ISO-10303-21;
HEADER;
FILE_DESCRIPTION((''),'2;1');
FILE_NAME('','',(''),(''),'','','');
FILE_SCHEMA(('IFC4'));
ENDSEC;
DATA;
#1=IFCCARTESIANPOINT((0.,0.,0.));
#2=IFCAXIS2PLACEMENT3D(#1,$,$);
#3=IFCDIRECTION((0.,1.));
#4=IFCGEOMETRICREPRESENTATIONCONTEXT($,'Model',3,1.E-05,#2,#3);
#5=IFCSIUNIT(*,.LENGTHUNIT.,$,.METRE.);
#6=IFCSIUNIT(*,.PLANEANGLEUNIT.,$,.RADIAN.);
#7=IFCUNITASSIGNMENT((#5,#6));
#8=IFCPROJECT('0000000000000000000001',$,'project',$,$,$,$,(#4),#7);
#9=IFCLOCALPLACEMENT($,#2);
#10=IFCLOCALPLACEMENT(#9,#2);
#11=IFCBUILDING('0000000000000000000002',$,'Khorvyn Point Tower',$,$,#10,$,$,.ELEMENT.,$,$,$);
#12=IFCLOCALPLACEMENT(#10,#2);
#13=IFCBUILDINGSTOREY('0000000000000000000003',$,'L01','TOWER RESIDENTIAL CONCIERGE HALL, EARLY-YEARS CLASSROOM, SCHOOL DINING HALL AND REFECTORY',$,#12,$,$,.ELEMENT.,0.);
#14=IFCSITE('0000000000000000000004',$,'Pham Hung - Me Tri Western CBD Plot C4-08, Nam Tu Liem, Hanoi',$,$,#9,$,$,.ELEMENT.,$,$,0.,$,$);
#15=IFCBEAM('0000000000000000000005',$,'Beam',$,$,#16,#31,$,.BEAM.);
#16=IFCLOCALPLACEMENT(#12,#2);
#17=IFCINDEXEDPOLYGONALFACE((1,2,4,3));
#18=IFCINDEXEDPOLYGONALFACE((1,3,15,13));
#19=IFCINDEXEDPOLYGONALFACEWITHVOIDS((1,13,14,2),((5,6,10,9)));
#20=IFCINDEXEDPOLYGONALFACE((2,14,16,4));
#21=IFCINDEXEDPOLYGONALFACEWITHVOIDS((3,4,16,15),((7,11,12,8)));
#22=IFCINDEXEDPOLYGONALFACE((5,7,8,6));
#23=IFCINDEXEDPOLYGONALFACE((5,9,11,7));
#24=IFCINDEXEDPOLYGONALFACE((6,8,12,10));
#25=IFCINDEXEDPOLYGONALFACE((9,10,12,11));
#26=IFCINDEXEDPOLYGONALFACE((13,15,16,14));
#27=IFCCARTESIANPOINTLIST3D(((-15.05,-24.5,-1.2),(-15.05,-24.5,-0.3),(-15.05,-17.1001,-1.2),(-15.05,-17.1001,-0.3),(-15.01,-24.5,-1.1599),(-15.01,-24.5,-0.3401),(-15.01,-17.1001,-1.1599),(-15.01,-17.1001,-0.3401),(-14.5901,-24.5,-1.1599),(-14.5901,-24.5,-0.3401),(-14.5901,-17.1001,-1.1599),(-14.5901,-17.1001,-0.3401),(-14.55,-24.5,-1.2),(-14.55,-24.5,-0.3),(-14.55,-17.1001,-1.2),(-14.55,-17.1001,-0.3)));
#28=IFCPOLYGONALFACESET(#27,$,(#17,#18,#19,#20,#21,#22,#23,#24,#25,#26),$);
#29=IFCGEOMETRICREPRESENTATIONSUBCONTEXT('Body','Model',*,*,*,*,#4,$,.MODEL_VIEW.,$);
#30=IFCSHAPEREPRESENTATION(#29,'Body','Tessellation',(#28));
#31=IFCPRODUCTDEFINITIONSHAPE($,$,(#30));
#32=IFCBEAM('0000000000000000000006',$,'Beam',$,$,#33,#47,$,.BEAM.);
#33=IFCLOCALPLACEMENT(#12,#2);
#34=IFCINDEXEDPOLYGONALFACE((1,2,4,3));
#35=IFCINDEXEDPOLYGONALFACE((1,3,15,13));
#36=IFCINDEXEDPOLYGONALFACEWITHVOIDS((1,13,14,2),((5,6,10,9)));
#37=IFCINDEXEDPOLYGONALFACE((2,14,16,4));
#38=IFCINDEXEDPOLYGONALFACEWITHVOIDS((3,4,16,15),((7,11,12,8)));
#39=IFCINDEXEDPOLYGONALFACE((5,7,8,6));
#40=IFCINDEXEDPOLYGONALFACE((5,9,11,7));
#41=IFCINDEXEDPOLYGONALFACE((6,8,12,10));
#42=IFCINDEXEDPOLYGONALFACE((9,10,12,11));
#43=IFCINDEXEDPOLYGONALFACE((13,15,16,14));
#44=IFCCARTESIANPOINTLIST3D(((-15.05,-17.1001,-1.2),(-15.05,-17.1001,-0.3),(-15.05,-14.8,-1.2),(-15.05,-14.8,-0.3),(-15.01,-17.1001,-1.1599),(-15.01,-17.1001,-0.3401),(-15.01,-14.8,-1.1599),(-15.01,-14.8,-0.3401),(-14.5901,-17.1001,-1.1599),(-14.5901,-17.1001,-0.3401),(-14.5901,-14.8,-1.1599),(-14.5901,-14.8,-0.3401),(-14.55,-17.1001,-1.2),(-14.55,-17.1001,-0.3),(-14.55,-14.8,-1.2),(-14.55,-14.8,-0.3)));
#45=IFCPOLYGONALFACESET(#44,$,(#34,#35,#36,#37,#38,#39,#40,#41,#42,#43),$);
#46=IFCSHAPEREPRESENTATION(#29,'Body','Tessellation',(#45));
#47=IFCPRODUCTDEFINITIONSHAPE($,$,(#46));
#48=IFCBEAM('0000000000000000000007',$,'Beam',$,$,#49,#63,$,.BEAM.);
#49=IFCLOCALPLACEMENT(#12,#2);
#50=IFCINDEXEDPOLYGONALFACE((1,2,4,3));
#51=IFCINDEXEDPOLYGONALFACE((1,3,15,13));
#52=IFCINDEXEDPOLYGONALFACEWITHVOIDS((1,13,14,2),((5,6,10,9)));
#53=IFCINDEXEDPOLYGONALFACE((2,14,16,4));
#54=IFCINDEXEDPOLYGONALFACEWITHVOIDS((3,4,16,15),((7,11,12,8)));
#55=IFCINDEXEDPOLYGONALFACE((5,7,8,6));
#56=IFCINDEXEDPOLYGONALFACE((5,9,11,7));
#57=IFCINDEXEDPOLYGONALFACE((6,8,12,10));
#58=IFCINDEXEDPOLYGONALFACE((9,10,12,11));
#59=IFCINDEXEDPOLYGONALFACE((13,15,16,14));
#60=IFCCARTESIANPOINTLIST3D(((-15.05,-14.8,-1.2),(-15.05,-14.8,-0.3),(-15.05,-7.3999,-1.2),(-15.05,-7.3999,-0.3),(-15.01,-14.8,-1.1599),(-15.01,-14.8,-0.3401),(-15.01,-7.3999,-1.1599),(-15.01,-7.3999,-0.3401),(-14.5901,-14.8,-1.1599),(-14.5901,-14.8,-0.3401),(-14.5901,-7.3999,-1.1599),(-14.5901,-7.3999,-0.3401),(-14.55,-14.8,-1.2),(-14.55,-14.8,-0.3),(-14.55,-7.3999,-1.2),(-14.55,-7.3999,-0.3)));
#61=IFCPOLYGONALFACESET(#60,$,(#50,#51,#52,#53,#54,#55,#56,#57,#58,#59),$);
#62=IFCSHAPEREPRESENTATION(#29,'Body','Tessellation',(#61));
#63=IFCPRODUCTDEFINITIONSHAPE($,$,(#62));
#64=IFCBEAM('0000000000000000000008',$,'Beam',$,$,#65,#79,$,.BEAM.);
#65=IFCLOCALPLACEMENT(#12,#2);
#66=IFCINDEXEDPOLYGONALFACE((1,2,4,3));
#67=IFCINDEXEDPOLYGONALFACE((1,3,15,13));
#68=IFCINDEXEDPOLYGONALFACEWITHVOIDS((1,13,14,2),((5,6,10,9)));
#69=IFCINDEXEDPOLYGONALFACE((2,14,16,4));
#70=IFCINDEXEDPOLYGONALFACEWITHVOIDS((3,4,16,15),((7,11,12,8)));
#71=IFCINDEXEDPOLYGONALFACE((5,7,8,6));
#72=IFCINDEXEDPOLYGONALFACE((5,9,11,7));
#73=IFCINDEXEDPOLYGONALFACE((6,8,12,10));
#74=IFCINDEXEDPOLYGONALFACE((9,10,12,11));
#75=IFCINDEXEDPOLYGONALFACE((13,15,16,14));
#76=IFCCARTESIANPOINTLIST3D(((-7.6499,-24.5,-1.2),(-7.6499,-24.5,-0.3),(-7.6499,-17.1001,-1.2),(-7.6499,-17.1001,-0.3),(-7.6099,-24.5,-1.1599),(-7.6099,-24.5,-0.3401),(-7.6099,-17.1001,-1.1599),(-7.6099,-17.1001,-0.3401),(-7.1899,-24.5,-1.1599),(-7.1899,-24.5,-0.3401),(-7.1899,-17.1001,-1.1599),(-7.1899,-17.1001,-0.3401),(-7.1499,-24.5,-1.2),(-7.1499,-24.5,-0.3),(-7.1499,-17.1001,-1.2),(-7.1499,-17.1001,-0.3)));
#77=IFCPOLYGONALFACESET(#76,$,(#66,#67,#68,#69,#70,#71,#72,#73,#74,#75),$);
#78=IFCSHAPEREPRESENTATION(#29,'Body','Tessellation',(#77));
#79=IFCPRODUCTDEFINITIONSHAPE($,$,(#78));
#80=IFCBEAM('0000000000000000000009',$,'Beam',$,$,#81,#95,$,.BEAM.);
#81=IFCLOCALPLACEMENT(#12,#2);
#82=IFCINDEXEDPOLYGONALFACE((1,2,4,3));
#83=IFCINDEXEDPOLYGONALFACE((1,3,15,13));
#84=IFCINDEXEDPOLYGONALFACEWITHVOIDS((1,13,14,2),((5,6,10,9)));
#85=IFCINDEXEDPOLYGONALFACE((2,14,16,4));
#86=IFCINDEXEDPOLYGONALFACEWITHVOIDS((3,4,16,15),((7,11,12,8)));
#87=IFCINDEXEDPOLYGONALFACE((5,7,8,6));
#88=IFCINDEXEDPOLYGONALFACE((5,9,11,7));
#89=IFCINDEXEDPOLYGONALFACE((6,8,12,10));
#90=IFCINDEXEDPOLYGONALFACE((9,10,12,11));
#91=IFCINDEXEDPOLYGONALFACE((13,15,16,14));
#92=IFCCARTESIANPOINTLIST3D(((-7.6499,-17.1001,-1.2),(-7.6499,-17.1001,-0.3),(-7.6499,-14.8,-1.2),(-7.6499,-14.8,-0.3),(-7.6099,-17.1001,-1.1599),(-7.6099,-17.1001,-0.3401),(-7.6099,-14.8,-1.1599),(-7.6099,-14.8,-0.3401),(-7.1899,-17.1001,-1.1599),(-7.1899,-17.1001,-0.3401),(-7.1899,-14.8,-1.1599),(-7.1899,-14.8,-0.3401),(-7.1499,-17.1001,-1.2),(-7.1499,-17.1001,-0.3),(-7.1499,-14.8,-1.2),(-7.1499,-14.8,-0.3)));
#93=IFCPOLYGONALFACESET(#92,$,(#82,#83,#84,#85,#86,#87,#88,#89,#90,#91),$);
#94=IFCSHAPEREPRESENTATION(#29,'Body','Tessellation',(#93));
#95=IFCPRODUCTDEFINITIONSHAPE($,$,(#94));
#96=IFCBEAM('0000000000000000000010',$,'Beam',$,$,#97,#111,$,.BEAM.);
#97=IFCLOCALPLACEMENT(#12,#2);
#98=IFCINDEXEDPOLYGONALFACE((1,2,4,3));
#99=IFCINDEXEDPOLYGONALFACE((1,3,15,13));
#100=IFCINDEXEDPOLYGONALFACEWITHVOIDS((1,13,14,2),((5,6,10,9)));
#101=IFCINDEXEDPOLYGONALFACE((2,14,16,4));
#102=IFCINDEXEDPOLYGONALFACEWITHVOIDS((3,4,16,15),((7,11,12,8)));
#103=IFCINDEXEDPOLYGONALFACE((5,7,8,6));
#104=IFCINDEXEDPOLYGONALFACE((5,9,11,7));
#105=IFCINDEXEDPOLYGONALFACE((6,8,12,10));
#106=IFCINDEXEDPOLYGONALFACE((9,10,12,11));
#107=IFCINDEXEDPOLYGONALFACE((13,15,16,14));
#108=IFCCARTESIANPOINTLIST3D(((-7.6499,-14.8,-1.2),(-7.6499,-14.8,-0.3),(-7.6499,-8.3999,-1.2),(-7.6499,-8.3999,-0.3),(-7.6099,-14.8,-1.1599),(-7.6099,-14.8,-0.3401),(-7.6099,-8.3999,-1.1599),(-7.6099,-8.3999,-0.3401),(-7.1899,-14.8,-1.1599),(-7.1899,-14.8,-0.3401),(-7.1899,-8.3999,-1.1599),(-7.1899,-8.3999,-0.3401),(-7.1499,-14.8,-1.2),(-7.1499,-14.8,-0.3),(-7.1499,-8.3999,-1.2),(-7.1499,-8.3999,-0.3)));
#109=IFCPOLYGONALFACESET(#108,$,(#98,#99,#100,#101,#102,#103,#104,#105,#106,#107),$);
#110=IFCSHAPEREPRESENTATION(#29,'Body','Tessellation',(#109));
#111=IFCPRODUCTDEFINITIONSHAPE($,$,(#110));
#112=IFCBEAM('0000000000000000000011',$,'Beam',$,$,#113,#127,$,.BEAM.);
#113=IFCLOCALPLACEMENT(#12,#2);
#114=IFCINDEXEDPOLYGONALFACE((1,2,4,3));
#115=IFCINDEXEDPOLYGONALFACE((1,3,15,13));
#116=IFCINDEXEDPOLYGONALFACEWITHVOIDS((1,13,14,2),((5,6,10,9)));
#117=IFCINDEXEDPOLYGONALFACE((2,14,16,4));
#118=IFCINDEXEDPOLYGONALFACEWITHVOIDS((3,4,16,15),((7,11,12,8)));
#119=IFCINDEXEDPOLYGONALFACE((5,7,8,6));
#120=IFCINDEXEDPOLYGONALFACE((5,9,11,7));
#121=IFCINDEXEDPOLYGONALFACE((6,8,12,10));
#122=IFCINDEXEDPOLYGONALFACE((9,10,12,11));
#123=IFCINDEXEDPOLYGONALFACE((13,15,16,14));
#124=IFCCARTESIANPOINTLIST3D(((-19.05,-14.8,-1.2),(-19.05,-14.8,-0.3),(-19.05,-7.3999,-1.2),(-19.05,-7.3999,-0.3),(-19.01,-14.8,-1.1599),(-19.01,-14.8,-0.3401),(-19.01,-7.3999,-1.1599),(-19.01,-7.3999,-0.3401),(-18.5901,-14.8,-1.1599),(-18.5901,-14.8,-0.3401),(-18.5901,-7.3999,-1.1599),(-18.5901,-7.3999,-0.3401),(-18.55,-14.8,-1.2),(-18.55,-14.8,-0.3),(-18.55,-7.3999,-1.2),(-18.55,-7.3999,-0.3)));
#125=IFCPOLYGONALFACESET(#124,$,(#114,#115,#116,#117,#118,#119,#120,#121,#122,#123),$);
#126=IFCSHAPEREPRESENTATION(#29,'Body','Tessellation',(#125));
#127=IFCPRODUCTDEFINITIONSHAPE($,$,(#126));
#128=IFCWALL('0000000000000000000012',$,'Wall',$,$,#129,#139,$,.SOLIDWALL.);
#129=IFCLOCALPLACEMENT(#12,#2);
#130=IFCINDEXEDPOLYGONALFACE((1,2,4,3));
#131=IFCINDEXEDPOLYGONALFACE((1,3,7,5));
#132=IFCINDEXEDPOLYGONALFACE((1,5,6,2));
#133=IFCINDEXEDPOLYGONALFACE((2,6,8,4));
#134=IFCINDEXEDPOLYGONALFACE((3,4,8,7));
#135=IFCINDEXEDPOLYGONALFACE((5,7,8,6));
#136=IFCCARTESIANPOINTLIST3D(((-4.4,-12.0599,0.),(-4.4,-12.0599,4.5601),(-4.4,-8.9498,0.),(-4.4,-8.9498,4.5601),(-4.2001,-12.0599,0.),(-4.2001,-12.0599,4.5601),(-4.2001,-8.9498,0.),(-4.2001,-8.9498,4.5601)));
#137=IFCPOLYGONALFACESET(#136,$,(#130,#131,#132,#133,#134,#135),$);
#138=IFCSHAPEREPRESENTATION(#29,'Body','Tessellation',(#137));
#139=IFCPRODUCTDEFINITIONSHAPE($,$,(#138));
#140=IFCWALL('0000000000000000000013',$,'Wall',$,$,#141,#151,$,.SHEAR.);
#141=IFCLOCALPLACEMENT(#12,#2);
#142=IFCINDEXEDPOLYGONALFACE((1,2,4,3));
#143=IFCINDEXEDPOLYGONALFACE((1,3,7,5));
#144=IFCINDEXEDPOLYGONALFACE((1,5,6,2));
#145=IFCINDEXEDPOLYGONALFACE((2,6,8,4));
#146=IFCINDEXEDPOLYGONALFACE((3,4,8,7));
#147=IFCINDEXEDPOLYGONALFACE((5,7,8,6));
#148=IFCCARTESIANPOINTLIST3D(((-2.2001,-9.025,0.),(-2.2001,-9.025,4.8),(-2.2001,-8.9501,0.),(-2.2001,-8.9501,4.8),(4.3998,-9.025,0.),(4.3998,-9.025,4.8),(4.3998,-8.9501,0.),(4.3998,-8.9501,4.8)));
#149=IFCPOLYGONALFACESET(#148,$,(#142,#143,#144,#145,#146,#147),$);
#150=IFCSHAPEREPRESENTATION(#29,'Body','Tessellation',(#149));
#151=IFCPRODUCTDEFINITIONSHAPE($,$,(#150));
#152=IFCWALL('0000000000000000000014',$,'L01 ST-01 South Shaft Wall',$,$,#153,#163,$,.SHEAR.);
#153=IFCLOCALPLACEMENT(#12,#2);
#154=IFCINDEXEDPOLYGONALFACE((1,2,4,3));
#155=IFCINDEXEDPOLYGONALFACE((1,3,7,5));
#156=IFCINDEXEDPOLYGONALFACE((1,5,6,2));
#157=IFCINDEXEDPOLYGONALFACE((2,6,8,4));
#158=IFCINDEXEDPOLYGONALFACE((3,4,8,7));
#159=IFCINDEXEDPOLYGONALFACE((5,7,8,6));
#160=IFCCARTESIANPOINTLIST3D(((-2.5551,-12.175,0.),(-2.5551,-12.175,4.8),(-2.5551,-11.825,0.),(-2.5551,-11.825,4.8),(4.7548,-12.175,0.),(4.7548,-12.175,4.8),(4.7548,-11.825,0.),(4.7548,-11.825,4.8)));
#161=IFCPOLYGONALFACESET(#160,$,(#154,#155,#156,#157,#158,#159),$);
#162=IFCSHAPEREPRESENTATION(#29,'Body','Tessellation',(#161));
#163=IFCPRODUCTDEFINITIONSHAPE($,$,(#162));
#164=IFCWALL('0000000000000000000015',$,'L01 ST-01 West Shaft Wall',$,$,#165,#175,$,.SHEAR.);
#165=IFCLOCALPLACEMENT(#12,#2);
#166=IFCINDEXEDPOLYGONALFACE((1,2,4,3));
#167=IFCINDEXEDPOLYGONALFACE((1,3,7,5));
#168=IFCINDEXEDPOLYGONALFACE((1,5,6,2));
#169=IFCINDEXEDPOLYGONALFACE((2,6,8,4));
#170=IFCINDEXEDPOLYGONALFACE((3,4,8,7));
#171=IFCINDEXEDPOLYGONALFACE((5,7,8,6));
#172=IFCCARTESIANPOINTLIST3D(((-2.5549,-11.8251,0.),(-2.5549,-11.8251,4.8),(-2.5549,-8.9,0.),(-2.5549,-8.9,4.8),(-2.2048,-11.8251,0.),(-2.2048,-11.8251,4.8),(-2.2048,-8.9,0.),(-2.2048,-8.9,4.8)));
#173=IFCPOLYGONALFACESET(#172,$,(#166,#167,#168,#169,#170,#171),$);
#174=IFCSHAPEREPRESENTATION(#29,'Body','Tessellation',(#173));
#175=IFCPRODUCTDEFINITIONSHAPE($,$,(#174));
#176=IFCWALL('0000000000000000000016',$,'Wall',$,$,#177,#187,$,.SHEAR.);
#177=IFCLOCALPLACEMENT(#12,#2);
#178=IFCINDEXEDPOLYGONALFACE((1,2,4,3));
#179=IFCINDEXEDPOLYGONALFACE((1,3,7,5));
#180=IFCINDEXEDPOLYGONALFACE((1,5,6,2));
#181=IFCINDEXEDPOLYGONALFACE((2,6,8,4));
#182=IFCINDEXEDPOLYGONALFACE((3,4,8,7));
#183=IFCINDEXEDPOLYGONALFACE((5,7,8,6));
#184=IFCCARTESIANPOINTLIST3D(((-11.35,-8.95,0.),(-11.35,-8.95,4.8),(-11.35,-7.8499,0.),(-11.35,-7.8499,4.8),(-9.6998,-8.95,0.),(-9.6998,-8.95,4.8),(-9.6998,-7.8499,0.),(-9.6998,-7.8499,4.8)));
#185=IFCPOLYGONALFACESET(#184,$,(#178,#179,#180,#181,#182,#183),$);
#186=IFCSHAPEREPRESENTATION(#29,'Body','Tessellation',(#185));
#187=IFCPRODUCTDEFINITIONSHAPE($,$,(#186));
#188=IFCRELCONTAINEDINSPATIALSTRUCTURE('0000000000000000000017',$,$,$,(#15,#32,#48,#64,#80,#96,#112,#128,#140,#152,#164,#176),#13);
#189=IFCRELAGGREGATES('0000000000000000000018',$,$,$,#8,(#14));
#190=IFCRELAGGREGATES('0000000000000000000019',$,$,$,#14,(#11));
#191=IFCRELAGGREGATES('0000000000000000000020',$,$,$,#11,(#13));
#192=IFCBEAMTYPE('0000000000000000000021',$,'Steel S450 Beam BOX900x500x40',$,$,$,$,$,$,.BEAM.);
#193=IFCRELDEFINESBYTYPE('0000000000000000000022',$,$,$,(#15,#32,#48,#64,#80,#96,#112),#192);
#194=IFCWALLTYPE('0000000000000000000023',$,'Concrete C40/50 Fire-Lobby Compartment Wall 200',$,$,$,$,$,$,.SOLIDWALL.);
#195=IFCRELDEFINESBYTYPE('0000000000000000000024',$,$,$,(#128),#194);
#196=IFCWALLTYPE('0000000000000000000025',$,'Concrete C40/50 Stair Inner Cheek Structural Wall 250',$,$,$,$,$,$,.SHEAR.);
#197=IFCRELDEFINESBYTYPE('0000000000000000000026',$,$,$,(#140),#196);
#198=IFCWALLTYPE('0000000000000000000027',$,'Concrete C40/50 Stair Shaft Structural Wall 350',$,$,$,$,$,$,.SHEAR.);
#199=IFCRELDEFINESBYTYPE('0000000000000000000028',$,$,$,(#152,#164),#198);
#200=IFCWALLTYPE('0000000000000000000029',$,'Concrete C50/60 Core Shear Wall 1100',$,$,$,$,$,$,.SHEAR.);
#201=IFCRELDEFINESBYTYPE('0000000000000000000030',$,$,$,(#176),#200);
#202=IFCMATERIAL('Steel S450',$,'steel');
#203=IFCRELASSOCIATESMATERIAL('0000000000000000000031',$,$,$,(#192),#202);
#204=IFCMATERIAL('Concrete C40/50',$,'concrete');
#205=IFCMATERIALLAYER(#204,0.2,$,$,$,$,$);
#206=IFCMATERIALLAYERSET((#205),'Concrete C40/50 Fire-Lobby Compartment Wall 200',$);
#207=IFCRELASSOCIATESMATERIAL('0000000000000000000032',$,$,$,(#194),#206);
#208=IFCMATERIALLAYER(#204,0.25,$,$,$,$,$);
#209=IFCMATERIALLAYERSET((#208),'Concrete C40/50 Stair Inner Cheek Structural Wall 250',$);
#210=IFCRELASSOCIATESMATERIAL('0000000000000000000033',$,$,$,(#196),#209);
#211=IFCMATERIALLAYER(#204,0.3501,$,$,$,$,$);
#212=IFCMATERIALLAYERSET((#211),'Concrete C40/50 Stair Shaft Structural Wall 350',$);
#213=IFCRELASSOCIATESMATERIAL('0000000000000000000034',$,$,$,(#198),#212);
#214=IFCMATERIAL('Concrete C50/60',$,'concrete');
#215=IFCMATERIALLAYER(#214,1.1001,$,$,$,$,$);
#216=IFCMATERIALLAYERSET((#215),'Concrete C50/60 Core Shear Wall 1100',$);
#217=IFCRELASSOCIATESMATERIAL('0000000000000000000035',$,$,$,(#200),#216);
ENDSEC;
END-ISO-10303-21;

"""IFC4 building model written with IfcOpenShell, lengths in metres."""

from ifc_helpers import new_model, si_unit, direction, frame, frame_2d, origin, origin_2d, place, context, subcontext, project, spatial, rectangle, hollow_rectangle, extrude, material, layer, layer_set, material_profile, profile_set, type_object, element, save


model = new_model("IFC4")

# Units and contexts
model_context = context("Model", 3, precision=1e-05, world=origin(), true_north=direction((0.0, 1.0)))
body_context = subcontext(model_context, "Body", "Model", "MODEL_VIEW")
ifc_project = project(units=[si_unit("LENGTHUNIT", "METRE"), si_unit("PLANEANGLEUNIT", "RADIAN")], contexts=[model_context])

# Site, building, storey
site_placement = place(None, origin())
site = spatial("IfcSite", under=ifc_project, at=site_placement, Name="Pham Hung - Me Tri Western CBD Plot C4-08, Nam Tu Liem, Hanoi", CompositionType="ELEMENT", RefElevation=0.0)
building_placement = place(site_placement, origin())
building = spatial("IfcBuilding", under=site, at=building_placement, Name="Khorvyn Point Tower", CompositionType="ELEMENT")
storey_placement = place(building_placement, origin())
storey = spatial("IfcBuildingStorey", under=building, at=storey_placement, Name="L01", Description="TOWER RESIDENTIAL CONCIERGE HALL, EARLY-YEARS CLASSROOM, SCHOOL DINING HALL AND REFECTORY", CompositionType="ELEMENT", Elevation=0.0)

# Shared definitions
ifc_material_1 = material(Name="Concrete C40/50", Category="concrete")
ifc_material_2 = material(Name="Concrete C50/60", Category="concrete")

# Beams
ifc_material_3 = material(Name="Steel S450", Category="steel")
ifc_material_profile_1 = material_profile(ifc_material_3, hollow_rectangle(XDim=0.5, YDim=0.8999, WallThickness=0.04, at=origin_2d()))
ifc_profile_set_1 = profile_set([ifc_material_profile_1], Name="Steel S450 BOX900x500x40")
beam_type_1 = type_object("IfcBeamType", Name="Steel S450 Beam BOX900x500x40", PredefinedType="BEAM", material=ifc_profile_set_1)
beam_1_placement = place(storey_placement, frame((-14.8, -24.5, -0.75), z_axis=(0.0, 1.0, 0.0), x_axis=(-1.0, 0.0, 0.0)))
element("IfcBeam", 1, at=beam_1_placement, inside=storey, type_object=beam_type_1, Name="Beam", PredefinedType="BEAM", context=body_context, shape_type="SweptSolid", body=[
    extrude(hollow_rectangle(XDim=0.5, YDim=0.8999, WallThickness=0.04, at=origin_2d()), origin(), (0.0, 0.0, 1.0), 7.3999),
])
beam_2_placement = place(storey_placement, frame((-14.8, -17.1001, -0.75), z_axis=(0.0, 1.0, 0.0), x_axis=(-1.0, 0.0, 0.0)))
element("IfcBeam", 2, at=beam_2_placement, inside=storey, type_object=beam_type_1, Name="Beam", PredefinedType="BEAM", context=body_context, shape_type="SweptSolid", body=[
    extrude(hollow_rectangle(XDim=0.5, YDim=0.8999, WallThickness=0.04, at=origin_2d()), origin(), (0.0, 0.0, 1.0), 2.3),
])
beam_3_placement = place(storey_placement, frame((-14.8, -14.8, -0.75), z_axis=(0.0, 1.0, 0.0), x_axis=(-1.0, 0.0, 0.0)))
element("IfcBeam", 3, at=beam_3_placement, inside=storey, type_object=beam_type_1, Name="Beam", PredefinedType="BEAM", context=body_context, shape_type="SweptSolid", body=[
    extrude(hollow_rectangle(XDim=0.5, YDim=0.8999, WallThickness=0.04, at=origin_2d()), origin(), (0.0, 0.0, 1.0), 7.4001),
])
beam_4_placement = place(storey_placement, frame((-7.3999, -24.5, -0.75), z_axis=(0.0, 1.0, 0.0), x_axis=(-1.0, 0.0, 0.0)))
element("IfcBeam", 4, at=beam_4_placement, inside=storey, type_object=beam_type_1, Name="Beam", PredefinedType="BEAM", context=body_context, shape_type="SweptSolid", body=[
    extrude(hollow_rectangle(XDim=0.5, YDim=0.8999, WallThickness=0.04, at=origin_2d()), origin(), (0.0, 0.0, 1.0), 7.3999),
])
beam_5_placement = place(storey_placement, frame((-7.3999, -17.1001, -0.75), z_axis=(0.0, 1.0, 0.0), x_axis=(-1.0, 0.0, 0.0)))
element("IfcBeam", 5, at=beam_5_placement, inside=storey, type_object=beam_type_1, Name="Beam", PredefinedType="BEAM", context=body_context, shape_type="SweptSolid", body=[
    extrude(hollow_rectangle(XDim=0.5, YDim=0.8999, WallThickness=0.04, at=origin_2d()), origin(), (0.0, 0.0, 1.0), 2.3),
])
beam_6_placement = place(storey_placement, frame((-7.3999, -14.8, -0.75), z_axis=(0.0, 1.0, 0.0), x_axis=(-1.0, 0.0, 0.0)))
element("IfcBeam", 6, at=beam_6_placement, inside=storey, type_object=beam_type_1, Name="Beam", PredefinedType="BEAM", context=body_context, shape_type="SweptSolid", body=[
    extrude(hollow_rectangle(XDim=0.5, YDim=0.8999, WallThickness=0.04, at=origin_2d()), origin(), (0.0, 0.0, 1.0), 6.4001),
])
beam_7_placement = place(storey_placement, frame((-18.8, -14.8, -0.75), z_axis=(0.0, 1.0, 0.0), x_axis=(-1.0, 0.0, 0.0)))
element("IfcBeam", 7, at=beam_7_placement, inside=storey, type_object=beam_type_1, Name="Beam", PredefinedType="BEAM", context=body_context, shape_type="SweptSolid", body=[
    extrude(hollow_rectangle(XDim=0.5, YDim=0.8999, WallThickness=0.04, at=origin_2d()), origin(), (0.0, 0.0, 1.0), 7.4001),
])

# Shared definitions
ifc_layer_1 = layer(ifc_material_1, 0.2)
ifc_layer_set_1 = layer_set([ifc_layer_1], Name="Concrete C40/50 Fire-Lobby Compartment Wall 200")
wall_type_1 = type_object("IfcWallType", Name="Concrete C40/50 Fire-Lobby Compartment Wall 200", PredefinedType="SOLIDWALL", material=ifc_layer_set_1)

# Walls
wall_1_placement = place(storey_placement, frame((-4.3, -12.0601, 0.0), z_axis=(0.0, 0.0, 1.0), x_axis=(0.0, 1.0, 0.0)))
element("IfcWall", 8, at=wall_1_placement, inside=storey, type_object=wall_type_1, Name="Wall", PredefinedType="SOLIDWALL", context=body_context, shape_type="SweptSolid", body=[
    extrude(rectangle(XDim=3.1101, YDim=0.2, at=frame_2d((1.5552, 0.0))), origin(), (0.0, 0.0, 1.0), 4.5601),
])
ifc_layer_2 = layer(ifc_material_1, 0.25)
ifc_layer_set_2 = layer_set([ifc_layer_2], Name="Concrete C40/50 Stair Inner Cheek Structural Wall 250")
wall_type_2 = type_object("IfcWallType", Name="Concrete C40/50 Stair Inner Cheek Structural Wall 250", PredefinedType="SHEAR", material=ifc_layer_set_2)
wall_2_placement = place(storey_placement, frame((-2.2, -8.9875, 0.0), z_axis=(0.0, 0.0, 1.0), x_axis=(1.0, 0.0, 0.0)))
element("IfcWall", 9, at=wall_2_placement, inside=storey, type_object=wall_type_2, Name="Wall", PredefinedType="SHEAR", context=body_context, shape_type="SweptSolid", body=[
    extrude(rectangle(XDim=6.5999, YDim=0.075, at=frame_2d((3.2998, 0.0))), origin(), (0.0, 0.0, 1.0), 4.8),
])
ifc_layer_3 = layer(ifc_material_1, 0.3501)
ifc_layer_set_3 = layer_set([ifc_layer_3], Name="Concrete C40/50 Stair Shaft Structural Wall 350")
wall_type_3 = type_object("IfcWallType", Name="Concrete C40/50 Stair Shaft Structural Wall 350", PredefinedType="SHEAR", material=ifc_layer_set_3)
wall_3_placement = place(storey_placement, frame((-2.5549, -12.0, 0.0), z_axis=(0.0, 0.0, 1.0), x_axis=(1.0, 0.0, 0.0)))
element("IfcWall", 10, at=wall_3_placement, inside=storey, type_object=wall_type_3, Name="L01 ST-01 South Shaft Wall", PredefinedType="SHEAR", context=body_context, shape_type="SweptSolid", body=[
    extrude(rectangle(XDim=7.3098, YDim=0.3501, at=frame_2d((3.6548, 0.0))), origin(), (0.0, 0.0, 1.0), 4.8),
])
wall_4_placement = place(storey_placement, frame((-2.3799, -11.825, 0.0), z_axis=(0.0, 0.0, 1.0), x_axis=(0.0, 1.0, 0.0)))
element("IfcWall", 11, at=wall_4_placement, inside=storey, type_object=wall_type_3, Name="L01 ST-01 West Shaft Wall", PredefinedType="SHEAR", context=body_context, shape_type="SweptSolid", body=[
    extrude(rectangle(XDim=2.925, YDim=0.3501, at=frame_2d((1.4624, 0.0))), origin(), (0.0, 0.0, 1.0), 4.8),
])
ifc_layer_4 = layer(ifc_material_2, 1.1001)
ifc_layer_set_4 = layer_set([ifc_layer_4], Name="Concrete C50/60 Core Shear Wall 1100")
wall_type_4 = type_object("IfcWallType", Name="Concrete C50/60 Core Shear Wall 1100", PredefinedType="SHEAR", material=ifc_layer_set_4)
wall_5_placement = place(storey_placement, frame((-11.3501, -8.3999, 0.0), z_axis=(0.0, 0.0, 1.0), x_axis=(1.0, 0.0, 0.0)))
element("IfcWall", 12, at=wall_5_placement, inside=storey, type_object=wall_type_4, Name="Wall", PredefinedType="SHEAR", context=body_context, shape_type="SweptSolid", body=[
    extrude(rectangle(XDim=1.6501, YDim=1.1001, at=frame_2d((0.8252, 0.0))), origin(), (0.0, 0.0, 1.0), 4.8),
])

save(model, "model.ifc")
